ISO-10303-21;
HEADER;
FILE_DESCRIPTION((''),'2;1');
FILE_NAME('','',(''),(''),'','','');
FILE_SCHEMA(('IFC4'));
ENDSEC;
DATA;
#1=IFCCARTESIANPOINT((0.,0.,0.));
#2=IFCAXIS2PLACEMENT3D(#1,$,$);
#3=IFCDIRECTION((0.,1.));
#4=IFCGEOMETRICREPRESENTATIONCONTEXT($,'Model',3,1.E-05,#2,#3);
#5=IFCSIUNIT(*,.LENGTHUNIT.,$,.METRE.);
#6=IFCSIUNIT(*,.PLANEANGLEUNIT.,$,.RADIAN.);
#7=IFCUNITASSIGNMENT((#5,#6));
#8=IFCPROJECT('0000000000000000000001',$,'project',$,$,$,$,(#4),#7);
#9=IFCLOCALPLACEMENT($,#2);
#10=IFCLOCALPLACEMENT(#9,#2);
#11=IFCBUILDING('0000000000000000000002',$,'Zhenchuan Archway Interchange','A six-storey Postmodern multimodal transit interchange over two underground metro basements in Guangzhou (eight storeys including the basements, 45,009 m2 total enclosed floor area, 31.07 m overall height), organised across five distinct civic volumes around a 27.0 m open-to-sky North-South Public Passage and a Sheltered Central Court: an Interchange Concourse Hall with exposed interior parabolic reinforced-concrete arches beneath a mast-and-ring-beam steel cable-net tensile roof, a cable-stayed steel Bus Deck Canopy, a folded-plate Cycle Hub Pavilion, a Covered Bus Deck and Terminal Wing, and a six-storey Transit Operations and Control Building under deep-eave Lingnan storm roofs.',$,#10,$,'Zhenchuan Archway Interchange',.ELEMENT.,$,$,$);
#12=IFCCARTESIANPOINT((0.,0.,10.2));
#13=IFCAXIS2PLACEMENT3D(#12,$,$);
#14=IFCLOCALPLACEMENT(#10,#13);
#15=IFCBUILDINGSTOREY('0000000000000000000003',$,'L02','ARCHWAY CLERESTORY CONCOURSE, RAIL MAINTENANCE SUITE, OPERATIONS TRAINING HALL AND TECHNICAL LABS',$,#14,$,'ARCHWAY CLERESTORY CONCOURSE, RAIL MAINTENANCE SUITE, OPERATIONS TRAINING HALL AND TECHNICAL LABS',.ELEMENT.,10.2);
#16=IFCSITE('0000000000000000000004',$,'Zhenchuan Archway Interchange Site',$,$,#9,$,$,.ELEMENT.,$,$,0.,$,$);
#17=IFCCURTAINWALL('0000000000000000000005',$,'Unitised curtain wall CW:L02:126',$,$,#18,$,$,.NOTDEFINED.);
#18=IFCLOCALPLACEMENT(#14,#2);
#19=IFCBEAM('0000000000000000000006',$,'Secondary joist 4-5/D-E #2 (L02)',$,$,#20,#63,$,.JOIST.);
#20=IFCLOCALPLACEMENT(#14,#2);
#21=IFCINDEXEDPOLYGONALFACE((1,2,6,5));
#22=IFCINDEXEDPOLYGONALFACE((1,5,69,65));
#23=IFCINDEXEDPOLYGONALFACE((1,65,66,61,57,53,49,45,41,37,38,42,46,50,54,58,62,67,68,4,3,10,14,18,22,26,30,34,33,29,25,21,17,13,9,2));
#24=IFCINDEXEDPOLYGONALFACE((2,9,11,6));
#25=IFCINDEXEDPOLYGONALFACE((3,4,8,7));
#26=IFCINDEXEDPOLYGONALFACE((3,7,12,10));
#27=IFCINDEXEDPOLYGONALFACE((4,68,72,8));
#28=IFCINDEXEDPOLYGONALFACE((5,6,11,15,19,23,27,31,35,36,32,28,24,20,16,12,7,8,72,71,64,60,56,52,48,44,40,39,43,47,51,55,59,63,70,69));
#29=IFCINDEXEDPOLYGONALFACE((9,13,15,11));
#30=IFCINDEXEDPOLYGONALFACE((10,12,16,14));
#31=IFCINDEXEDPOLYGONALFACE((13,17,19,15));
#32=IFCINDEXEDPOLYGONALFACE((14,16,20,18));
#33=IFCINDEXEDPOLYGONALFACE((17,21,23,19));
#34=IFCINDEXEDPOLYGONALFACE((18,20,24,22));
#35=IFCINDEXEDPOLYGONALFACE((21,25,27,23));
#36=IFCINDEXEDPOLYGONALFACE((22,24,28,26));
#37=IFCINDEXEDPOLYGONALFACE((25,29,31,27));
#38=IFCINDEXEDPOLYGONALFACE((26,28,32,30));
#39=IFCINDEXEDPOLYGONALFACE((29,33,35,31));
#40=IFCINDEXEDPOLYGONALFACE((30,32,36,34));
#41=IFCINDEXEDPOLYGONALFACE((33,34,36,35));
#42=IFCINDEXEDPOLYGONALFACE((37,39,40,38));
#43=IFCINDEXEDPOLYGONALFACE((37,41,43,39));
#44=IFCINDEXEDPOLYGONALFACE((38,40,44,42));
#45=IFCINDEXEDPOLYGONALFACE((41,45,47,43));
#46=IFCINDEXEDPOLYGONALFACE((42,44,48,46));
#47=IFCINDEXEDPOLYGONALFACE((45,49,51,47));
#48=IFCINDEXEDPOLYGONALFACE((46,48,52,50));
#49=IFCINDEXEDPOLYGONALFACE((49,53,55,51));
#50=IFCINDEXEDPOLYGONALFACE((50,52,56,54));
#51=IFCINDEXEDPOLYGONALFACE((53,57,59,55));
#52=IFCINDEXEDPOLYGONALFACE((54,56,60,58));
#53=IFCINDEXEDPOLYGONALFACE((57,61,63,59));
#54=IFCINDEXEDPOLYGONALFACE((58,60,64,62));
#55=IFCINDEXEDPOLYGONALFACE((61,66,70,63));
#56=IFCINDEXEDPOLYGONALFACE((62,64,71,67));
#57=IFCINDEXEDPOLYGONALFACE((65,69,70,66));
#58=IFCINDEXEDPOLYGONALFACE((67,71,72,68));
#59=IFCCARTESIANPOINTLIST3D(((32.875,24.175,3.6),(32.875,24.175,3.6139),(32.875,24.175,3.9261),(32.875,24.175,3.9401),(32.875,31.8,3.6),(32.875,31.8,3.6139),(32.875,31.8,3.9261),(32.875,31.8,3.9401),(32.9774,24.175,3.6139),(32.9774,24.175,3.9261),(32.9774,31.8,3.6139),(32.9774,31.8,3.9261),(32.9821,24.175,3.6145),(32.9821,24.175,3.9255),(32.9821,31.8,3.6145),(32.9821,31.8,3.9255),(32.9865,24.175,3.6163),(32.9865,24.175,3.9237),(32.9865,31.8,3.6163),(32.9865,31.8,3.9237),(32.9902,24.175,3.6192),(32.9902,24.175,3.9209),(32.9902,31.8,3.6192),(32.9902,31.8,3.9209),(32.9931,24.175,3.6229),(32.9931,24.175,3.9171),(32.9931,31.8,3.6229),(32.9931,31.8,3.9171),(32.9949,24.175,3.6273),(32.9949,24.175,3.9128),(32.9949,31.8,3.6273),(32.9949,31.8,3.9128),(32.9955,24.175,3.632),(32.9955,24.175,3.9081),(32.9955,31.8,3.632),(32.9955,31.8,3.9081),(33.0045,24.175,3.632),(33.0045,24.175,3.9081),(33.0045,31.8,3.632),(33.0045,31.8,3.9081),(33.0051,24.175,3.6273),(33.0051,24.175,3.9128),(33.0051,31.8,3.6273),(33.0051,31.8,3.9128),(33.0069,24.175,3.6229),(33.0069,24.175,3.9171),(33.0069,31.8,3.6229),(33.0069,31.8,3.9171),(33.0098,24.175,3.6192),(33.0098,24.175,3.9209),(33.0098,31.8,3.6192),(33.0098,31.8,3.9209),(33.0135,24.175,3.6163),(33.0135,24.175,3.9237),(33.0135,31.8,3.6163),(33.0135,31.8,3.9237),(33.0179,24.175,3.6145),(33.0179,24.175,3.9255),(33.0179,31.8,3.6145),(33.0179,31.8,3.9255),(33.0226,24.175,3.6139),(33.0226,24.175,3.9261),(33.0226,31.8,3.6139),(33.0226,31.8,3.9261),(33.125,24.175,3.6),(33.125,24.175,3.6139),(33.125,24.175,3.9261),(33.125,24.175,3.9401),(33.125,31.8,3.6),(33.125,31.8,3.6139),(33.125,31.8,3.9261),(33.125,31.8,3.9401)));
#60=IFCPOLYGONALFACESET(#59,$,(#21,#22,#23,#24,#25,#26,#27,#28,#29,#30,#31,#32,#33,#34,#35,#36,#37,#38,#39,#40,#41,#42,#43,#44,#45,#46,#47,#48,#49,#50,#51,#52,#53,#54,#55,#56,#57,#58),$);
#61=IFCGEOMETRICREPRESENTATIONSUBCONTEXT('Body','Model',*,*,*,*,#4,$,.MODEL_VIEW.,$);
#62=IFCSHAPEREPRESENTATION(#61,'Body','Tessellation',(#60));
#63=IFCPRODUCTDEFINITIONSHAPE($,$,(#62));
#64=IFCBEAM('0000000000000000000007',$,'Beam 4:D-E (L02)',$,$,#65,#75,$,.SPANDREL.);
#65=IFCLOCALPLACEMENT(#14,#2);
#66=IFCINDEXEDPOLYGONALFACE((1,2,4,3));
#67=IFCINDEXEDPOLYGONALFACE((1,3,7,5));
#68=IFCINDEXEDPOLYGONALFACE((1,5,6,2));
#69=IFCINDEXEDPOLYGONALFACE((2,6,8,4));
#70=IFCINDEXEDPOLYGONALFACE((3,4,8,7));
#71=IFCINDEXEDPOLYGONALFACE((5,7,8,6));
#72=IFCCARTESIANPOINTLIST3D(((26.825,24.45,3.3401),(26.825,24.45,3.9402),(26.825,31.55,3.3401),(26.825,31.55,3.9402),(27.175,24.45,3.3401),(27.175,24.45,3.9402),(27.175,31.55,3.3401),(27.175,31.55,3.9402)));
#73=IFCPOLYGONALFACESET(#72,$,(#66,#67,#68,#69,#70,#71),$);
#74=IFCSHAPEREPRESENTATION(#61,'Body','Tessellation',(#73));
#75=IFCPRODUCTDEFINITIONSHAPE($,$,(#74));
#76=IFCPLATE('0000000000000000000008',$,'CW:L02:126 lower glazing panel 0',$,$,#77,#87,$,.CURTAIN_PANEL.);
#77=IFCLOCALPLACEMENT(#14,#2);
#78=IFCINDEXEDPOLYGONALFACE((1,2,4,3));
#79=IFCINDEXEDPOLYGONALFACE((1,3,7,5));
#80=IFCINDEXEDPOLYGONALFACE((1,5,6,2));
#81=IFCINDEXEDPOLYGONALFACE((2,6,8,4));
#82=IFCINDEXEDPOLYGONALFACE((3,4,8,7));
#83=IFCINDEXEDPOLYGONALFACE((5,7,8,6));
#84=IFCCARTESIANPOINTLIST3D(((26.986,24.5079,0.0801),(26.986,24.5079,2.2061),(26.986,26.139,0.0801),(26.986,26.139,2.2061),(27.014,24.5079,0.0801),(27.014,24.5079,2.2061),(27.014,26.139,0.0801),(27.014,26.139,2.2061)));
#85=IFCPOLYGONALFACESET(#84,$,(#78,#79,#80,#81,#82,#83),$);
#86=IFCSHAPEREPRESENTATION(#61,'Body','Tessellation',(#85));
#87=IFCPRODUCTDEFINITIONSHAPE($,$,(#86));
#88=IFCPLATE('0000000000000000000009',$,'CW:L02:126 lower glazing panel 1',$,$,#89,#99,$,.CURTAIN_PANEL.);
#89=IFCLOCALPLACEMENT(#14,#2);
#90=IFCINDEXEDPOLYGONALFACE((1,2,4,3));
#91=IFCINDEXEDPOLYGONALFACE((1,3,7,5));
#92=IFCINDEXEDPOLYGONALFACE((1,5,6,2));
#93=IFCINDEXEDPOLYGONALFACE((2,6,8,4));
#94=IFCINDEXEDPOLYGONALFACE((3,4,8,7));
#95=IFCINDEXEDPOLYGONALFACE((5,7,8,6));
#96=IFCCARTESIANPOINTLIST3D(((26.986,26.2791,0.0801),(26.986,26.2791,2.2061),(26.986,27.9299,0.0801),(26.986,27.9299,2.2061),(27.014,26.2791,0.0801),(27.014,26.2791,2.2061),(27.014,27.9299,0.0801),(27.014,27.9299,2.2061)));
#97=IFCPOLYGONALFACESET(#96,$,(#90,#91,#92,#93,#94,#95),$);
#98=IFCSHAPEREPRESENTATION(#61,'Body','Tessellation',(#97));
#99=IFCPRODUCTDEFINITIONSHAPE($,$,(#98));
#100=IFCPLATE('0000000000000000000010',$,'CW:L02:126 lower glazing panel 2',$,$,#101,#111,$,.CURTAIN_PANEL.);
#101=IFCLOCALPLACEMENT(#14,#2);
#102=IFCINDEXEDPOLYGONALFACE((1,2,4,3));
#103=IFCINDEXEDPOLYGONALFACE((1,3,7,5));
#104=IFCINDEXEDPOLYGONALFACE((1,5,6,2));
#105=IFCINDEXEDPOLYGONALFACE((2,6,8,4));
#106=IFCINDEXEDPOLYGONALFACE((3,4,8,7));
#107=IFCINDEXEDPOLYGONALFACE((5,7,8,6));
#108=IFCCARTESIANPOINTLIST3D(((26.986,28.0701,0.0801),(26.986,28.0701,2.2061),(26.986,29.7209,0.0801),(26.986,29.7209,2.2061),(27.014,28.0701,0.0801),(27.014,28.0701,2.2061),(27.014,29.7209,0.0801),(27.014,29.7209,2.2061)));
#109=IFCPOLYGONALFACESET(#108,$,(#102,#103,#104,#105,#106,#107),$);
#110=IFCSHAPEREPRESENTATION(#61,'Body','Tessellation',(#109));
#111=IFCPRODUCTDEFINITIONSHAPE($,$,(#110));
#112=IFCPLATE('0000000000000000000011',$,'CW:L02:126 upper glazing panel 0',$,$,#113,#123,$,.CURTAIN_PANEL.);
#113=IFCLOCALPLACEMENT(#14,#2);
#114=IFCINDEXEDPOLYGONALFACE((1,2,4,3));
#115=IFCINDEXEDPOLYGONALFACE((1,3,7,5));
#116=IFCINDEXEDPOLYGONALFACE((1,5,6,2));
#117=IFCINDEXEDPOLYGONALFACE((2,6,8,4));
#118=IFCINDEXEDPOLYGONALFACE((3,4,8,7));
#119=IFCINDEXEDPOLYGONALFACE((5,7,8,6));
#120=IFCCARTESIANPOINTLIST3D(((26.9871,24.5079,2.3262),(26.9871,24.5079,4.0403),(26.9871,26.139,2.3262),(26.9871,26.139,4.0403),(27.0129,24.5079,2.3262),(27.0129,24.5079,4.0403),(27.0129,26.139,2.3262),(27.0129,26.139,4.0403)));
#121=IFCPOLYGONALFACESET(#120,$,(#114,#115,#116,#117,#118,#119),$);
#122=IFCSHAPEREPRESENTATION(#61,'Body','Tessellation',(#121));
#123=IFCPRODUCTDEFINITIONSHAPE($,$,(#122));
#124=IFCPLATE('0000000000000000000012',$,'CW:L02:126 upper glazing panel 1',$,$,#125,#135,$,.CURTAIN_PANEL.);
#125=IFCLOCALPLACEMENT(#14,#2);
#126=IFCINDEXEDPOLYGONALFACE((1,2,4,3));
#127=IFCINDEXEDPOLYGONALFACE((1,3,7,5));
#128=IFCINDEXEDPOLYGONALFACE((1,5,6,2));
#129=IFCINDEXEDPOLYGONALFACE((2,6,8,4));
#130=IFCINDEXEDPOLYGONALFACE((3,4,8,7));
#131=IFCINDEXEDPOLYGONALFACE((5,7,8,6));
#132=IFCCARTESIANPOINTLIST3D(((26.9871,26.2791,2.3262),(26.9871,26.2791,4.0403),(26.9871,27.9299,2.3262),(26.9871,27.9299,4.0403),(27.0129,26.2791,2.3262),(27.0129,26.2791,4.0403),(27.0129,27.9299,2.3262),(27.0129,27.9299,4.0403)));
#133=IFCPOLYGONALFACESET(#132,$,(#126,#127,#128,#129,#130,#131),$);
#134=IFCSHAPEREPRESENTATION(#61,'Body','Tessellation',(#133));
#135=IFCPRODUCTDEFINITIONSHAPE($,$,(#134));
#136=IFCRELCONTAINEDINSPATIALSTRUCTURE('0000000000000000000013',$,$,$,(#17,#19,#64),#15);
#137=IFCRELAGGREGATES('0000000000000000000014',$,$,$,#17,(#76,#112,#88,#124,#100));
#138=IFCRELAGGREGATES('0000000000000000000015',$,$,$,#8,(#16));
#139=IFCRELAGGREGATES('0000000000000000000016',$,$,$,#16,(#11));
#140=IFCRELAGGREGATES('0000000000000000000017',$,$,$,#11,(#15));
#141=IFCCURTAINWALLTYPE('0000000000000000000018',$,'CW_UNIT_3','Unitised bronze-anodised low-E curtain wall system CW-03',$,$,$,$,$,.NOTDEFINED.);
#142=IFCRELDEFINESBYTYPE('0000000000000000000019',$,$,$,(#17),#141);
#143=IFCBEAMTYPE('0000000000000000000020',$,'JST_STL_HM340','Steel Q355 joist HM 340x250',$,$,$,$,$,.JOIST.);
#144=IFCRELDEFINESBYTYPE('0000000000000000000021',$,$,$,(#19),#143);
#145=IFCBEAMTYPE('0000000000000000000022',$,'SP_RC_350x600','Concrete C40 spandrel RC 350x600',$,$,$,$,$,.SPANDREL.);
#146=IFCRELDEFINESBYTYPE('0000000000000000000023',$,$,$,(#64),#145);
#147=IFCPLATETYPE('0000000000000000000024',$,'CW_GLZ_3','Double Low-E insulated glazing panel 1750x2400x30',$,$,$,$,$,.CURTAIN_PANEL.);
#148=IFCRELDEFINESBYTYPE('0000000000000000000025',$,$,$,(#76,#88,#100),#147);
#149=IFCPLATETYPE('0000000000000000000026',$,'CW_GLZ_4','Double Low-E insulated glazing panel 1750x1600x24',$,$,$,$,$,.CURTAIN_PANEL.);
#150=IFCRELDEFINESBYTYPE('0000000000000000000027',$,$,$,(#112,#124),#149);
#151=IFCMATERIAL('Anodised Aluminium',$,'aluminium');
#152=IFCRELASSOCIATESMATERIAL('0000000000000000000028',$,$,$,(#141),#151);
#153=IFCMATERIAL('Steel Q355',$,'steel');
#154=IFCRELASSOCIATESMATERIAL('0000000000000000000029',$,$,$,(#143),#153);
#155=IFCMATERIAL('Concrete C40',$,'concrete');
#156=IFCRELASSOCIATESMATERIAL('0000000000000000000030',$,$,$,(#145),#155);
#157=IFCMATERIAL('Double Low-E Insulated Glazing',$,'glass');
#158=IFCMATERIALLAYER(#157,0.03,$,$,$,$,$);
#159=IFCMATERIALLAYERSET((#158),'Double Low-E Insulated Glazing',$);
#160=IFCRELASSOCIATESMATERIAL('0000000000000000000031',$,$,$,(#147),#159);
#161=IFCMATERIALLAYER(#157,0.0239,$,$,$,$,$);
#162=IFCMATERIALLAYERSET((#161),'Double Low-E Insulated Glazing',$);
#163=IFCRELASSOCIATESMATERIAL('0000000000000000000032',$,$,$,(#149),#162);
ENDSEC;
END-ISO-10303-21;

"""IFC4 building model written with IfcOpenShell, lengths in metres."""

from ifc_helpers import new_model, si_unit, direction, frame, origin, origin_2d, place, context, subcontext, project, spatial, rectangle, i_section, extrude, material, layer, layer_set, material_profile, profile_set, type_object, element, aggregate, save


model = new_model("IFC4")

# Units and contexts
model_context = context("Model", 3, precision=1e-05, world=origin(), true_north=direction((0.0, 1.0)))
body_context = subcontext(model_context, "Body", "Model", "MODEL_VIEW")
ifc_project = project(units=[si_unit("LENGTHUNIT", "METRE"), si_unit("PLANEANGLEUNIT", "RADIAN")], contexts=[model_context])

# Site, building, storey
site_placement = place(None, origin())
site = spatial("IfcSite", under=ifc_project, at=site_placement, Name="Zhenchuan Archway Interchange Site", CompositionType="ELEMENT", RefElevation=0.0)
building_placement = place(site_placement, origin())
building = spatial("IfcBuilding", under=site, at=building_placement, Name="Zhenchuan Archway Interchange", Description="A six-storey Postmodern multimodal transit interchange over two underground metro basements in Guangzhou (eight storeys including the basements, 45,009 m2 total enclosed floor area, 31.07 m overall height), organised across five distinct civic volumes around a 27.0 m open-to-sky North-South Public Passage and a Sheltered Central Court: an Interchange Concourse Hall with exposed interior parabolic reinforced-concrete arches beneath a mast-and-ring-beam steel cable-net tensile roof, a cable-stayed steel Bus Deck Canopy, a folded-plate Cycle Hub Pavilion, a Covered Bus Deck and Terminal Wing, and a six-storey Transit Operations and Control Building under deep-eave Lingnan storm roofs.", LongName="Zhenchuan Archway Interchange", CompositionType="ELEMENT")
storey_placement = place(building_placement, frame((0.0, 0.0, 10.2)))
storey = spatial("IfcBuildingStorey", under=building, at=storey_placement, Name="L02", Description="ARCHWAY CLERESTORY CONCOURSE, RAIL MAINTENANCE SUITE, OPERATIONS TRAINING HALL AND TECHNICAL LABS", LongName="ARCHWAY CLERESTORY CONCOURSE, RAIL MAINTENANCE SUITE, OPERATIONS TRAINING HALL AND TECHNICAL LABS", CompositionType="ELEMENT", Elevation=10.2)

# Shared definitions
ifc_material_1 = material(Name="Concrete C40", Category="concrete")

# Curtain wall
ifc_material_2 = material(Name="Anodised Aluminium", Category="aluminium")
curtain_wall_type = type_object("IfcCurtainWallType", Name="CW_UNIT_3", Description="Unitised bronze-anodised low-E curtain wall system CW-03", PredefinedType="NOTDEFINED", material=ifc_material_2)
curtain_wall_placement = place(storey_placement, origin())
curtain_wall = element("IfcCurtainWall", 1, at=curtain_wall_placement, inside=storey, type_object=curtain_wall_type, Name="Unitised curtain wall CW:L02:126", PredefinedType="NOTDEFINED")

# Beams
ifc_material_3 = material(Name="Steel Q355", Category="steel")
ifc_material_profile_1 = material_profile(ifc_material_3, i_section(OverallWidth=0.25, OverallDepth=0.3401, WebThickness=0.009, FlangeThickness=0.0139, FilletRadius=0.0181, at=origin_2d()), Name="HM 340x250")
ifc_profile_set_1 = profile_set([ifc_material_profile_1], Name="Steel Q355")
beam_type_1 = type_object("IfcBeamType", Name="JST_STL_HM340", Description="Steel Q355 joist HM 340x250", PredefinedType="JOIST", material=ifc_profile_set_1)
for number, where, z_axis, x_axis, name in (
    (2, (33.0, 24.175, 3.77), (0.0, 1.0, 0.0), (-1.0, 0.0, 0.0), "Secondary joist 4-5/D-E #2 (L02)"),
):
    element("IfcBeam", number, at=place(storey_placement, frame(where, z_axis=z_axis, x_axis=x_axis)), inside=storey, type_object=beam_type_1, Name=name, PredefinedType="JOIST", context=body_context, shape_type="SweptSolid", body=[
        extrude(i_section(OverallWidth=0.25, OverallDepth=0.3401, WebThickness=0.009, FlangeThickness=0.0139, FilletRadius=0.0181, at=origin_2d()), origin(), (0.0, 0.0, 1.0), 7.625),
    ])
ifc_material_profile_2 = material_profile(ifc_material_1, rectangle(XDim=0.3501, YDim=0.6001, at=origin_2d()), Name="RC 350x600")
ifc_profile_set_2 = profile_set([ifc_material_profile_2], Name="Concrete C40")
beam_type_2 = type_object("IfcBeamType", Name="SP_RC_350x600", Description="Concrete C40 spandrel RC 350x600", PredefinedType="SPANDREL", material=ifc_profile_set_2)
beam_1_placement = place(storey_placement, frame((27.0, 24.45, 3.6401), z_axis=(0.0, 1.0, 0.0), x_axis=(-1.0, 0.0, 0.0)))
element("IfcBeam", 3, at=beam_1_placement, inside=storey, type_object=beam_type_2, Name="Beam 4:D-E (L02)", PredefinedType="SPANDREL", context=body_context, shape_type="SweptSolid", body=[
    extrude(rectangle(XDim=0.3501, YDim=0.6001, at=origin_2d()), origin(), (0.0, 0.0, 1.0), 7.1001),
])

# Plates
ifc_material_4 = material(Name="Double Low-E Insulated Glazing", Category="glass")
ifc_layer_1 = layer(ifc_material_4, 0.03)
ifc_layer_set_1 = layer_set([ifc_layer_1], Name="Double Low-E Insulated Glazing")
plate_type_1 = type_object("IfcPlateType", Name="CW_GLZ_3", Description="Double Low-E insulated glazing panel 1750x2400x30", PredefinedType="CURTAIN_PANEL", material=ifc_layer_set_1)
plate_1_placement = place(storey_placement, frame((27.0, 25.3235, 0.0801), z_axis=(0.0, 0.0, 1.0), x_axis=(0.0, 1.0, 0.0)))
plate_1 = element("IfcPlate", 4, at=plate_1_placement, type_object=plate_type_1, Name="CW:L02:126 lower glazing panel 0", PredefinedType="CURTAIN_PANEL", context=body_context, shape_type="SweptSolid", body=[
    extrude(rectangle(XDim=1.6311, YDim=0.0281, at=origin_2d()), origin(), (0.0, 0.0, 1.0), 2.126),
])
plate_2_placement = place(storey_placement, frame((27.0, 27.1045, 0.0801), z_axis=(0.0, 0.0, 1.0), x_axis=(0.0, 1.0, 0.0)))
plate_2 = element("IfcPlate", 5, at=plate_2_placement, type_object=plate_type_1, Name="CW:L02:126 lower glazing panel 1", PredefinedType="CURTAIN_PANEL", context=body_context, shape_type="SweptSolid", body=[
    extrude(rectangle(XDim=1.6509, YDim=0.0281, at=origin_2d()), origin(), (0.0, 0.0, 1.0), 2.126),
])
plate_3_placement = place(storey_placement, frame((27.0, 28.8955, 0.0801), z_axis=(0.0, 0.0, 1.0), x_axis=(0.0, 1.0, 0.0)))
plate_3 = element("IfcPlate", 6, at=plate_3_placement, type_object=plate_type_1, Name="CW:L02:126 lower glazing panel 2", PredefinedType="CURTAIN_PANEL", context=body_context, shape_type="SweptSolid", body=[
    extrude(rectangle(XDim=1.6509, YDim=0.0281, at=origin_2d()), origin(), (0.0, 0.0, 1.0), 2.126),
])
ifc_layer_2 = layer(ifc_material_4, 0.0239)
ifc_layer_set_2 = layer_set([ifc_layer_2], Name="Double Low-E Insulated Glazing")
plate_type_2 = type_object("IfcPlateType", Name="CW_GLZ_4", Description="Double Low-E insulated glazing panel 1750x1600x24", PredefinedType="CURTAIN_PANEL", material=ifc_layer_set_2)
plate_4_placement = place(storey_placement, frame((27.0, 25.3235, 2.3262), z_axis=(0.0, 0.0, 1.0), x_axis=(0.0, 1.0, 0.0)))
plate_4 = element("IfcPlate", 7, at=plate_4_placement, type_object=plate_type_2, Name="CW:L02:126 upper glazing panel 0", PredefinedType="CURTAIN_PANEL", context=body_context, shape_type="SweptSolid", body=[
    extrude(rectangle(XDim=1.6311, YDim=0.0259, at=origin_2d()), origin(), (0.0, 0.0, 1.0), 1.7141),
])
plate_5_placement = place(storey_placement, frame((27.0, 27.1045, 2.3262), z_axis=(0.0, 0.0, 1.0), x_axis=(0.0, 1.0, 0.0)))
plate_5 = element("IfcPlate", 8, at=plate_5_placement, type_object=plate_type_2, Name="CW:L02:126 upper glazing panel 1", PredefinedType="CURTAIN_PANEL", context=body_context, shape_type="SweptSolid", body=[
    extrude(rectangle(XDim=1.6509, YDim=0.0259, at=origin_2d()), origin(), (0.0, 0.0, 1.0), 1.7141),
])
aggregate(curtain_wall, [plate_1, plate_4, plate_2, plate_5, plate_3])

save(model, "model.ifc")
